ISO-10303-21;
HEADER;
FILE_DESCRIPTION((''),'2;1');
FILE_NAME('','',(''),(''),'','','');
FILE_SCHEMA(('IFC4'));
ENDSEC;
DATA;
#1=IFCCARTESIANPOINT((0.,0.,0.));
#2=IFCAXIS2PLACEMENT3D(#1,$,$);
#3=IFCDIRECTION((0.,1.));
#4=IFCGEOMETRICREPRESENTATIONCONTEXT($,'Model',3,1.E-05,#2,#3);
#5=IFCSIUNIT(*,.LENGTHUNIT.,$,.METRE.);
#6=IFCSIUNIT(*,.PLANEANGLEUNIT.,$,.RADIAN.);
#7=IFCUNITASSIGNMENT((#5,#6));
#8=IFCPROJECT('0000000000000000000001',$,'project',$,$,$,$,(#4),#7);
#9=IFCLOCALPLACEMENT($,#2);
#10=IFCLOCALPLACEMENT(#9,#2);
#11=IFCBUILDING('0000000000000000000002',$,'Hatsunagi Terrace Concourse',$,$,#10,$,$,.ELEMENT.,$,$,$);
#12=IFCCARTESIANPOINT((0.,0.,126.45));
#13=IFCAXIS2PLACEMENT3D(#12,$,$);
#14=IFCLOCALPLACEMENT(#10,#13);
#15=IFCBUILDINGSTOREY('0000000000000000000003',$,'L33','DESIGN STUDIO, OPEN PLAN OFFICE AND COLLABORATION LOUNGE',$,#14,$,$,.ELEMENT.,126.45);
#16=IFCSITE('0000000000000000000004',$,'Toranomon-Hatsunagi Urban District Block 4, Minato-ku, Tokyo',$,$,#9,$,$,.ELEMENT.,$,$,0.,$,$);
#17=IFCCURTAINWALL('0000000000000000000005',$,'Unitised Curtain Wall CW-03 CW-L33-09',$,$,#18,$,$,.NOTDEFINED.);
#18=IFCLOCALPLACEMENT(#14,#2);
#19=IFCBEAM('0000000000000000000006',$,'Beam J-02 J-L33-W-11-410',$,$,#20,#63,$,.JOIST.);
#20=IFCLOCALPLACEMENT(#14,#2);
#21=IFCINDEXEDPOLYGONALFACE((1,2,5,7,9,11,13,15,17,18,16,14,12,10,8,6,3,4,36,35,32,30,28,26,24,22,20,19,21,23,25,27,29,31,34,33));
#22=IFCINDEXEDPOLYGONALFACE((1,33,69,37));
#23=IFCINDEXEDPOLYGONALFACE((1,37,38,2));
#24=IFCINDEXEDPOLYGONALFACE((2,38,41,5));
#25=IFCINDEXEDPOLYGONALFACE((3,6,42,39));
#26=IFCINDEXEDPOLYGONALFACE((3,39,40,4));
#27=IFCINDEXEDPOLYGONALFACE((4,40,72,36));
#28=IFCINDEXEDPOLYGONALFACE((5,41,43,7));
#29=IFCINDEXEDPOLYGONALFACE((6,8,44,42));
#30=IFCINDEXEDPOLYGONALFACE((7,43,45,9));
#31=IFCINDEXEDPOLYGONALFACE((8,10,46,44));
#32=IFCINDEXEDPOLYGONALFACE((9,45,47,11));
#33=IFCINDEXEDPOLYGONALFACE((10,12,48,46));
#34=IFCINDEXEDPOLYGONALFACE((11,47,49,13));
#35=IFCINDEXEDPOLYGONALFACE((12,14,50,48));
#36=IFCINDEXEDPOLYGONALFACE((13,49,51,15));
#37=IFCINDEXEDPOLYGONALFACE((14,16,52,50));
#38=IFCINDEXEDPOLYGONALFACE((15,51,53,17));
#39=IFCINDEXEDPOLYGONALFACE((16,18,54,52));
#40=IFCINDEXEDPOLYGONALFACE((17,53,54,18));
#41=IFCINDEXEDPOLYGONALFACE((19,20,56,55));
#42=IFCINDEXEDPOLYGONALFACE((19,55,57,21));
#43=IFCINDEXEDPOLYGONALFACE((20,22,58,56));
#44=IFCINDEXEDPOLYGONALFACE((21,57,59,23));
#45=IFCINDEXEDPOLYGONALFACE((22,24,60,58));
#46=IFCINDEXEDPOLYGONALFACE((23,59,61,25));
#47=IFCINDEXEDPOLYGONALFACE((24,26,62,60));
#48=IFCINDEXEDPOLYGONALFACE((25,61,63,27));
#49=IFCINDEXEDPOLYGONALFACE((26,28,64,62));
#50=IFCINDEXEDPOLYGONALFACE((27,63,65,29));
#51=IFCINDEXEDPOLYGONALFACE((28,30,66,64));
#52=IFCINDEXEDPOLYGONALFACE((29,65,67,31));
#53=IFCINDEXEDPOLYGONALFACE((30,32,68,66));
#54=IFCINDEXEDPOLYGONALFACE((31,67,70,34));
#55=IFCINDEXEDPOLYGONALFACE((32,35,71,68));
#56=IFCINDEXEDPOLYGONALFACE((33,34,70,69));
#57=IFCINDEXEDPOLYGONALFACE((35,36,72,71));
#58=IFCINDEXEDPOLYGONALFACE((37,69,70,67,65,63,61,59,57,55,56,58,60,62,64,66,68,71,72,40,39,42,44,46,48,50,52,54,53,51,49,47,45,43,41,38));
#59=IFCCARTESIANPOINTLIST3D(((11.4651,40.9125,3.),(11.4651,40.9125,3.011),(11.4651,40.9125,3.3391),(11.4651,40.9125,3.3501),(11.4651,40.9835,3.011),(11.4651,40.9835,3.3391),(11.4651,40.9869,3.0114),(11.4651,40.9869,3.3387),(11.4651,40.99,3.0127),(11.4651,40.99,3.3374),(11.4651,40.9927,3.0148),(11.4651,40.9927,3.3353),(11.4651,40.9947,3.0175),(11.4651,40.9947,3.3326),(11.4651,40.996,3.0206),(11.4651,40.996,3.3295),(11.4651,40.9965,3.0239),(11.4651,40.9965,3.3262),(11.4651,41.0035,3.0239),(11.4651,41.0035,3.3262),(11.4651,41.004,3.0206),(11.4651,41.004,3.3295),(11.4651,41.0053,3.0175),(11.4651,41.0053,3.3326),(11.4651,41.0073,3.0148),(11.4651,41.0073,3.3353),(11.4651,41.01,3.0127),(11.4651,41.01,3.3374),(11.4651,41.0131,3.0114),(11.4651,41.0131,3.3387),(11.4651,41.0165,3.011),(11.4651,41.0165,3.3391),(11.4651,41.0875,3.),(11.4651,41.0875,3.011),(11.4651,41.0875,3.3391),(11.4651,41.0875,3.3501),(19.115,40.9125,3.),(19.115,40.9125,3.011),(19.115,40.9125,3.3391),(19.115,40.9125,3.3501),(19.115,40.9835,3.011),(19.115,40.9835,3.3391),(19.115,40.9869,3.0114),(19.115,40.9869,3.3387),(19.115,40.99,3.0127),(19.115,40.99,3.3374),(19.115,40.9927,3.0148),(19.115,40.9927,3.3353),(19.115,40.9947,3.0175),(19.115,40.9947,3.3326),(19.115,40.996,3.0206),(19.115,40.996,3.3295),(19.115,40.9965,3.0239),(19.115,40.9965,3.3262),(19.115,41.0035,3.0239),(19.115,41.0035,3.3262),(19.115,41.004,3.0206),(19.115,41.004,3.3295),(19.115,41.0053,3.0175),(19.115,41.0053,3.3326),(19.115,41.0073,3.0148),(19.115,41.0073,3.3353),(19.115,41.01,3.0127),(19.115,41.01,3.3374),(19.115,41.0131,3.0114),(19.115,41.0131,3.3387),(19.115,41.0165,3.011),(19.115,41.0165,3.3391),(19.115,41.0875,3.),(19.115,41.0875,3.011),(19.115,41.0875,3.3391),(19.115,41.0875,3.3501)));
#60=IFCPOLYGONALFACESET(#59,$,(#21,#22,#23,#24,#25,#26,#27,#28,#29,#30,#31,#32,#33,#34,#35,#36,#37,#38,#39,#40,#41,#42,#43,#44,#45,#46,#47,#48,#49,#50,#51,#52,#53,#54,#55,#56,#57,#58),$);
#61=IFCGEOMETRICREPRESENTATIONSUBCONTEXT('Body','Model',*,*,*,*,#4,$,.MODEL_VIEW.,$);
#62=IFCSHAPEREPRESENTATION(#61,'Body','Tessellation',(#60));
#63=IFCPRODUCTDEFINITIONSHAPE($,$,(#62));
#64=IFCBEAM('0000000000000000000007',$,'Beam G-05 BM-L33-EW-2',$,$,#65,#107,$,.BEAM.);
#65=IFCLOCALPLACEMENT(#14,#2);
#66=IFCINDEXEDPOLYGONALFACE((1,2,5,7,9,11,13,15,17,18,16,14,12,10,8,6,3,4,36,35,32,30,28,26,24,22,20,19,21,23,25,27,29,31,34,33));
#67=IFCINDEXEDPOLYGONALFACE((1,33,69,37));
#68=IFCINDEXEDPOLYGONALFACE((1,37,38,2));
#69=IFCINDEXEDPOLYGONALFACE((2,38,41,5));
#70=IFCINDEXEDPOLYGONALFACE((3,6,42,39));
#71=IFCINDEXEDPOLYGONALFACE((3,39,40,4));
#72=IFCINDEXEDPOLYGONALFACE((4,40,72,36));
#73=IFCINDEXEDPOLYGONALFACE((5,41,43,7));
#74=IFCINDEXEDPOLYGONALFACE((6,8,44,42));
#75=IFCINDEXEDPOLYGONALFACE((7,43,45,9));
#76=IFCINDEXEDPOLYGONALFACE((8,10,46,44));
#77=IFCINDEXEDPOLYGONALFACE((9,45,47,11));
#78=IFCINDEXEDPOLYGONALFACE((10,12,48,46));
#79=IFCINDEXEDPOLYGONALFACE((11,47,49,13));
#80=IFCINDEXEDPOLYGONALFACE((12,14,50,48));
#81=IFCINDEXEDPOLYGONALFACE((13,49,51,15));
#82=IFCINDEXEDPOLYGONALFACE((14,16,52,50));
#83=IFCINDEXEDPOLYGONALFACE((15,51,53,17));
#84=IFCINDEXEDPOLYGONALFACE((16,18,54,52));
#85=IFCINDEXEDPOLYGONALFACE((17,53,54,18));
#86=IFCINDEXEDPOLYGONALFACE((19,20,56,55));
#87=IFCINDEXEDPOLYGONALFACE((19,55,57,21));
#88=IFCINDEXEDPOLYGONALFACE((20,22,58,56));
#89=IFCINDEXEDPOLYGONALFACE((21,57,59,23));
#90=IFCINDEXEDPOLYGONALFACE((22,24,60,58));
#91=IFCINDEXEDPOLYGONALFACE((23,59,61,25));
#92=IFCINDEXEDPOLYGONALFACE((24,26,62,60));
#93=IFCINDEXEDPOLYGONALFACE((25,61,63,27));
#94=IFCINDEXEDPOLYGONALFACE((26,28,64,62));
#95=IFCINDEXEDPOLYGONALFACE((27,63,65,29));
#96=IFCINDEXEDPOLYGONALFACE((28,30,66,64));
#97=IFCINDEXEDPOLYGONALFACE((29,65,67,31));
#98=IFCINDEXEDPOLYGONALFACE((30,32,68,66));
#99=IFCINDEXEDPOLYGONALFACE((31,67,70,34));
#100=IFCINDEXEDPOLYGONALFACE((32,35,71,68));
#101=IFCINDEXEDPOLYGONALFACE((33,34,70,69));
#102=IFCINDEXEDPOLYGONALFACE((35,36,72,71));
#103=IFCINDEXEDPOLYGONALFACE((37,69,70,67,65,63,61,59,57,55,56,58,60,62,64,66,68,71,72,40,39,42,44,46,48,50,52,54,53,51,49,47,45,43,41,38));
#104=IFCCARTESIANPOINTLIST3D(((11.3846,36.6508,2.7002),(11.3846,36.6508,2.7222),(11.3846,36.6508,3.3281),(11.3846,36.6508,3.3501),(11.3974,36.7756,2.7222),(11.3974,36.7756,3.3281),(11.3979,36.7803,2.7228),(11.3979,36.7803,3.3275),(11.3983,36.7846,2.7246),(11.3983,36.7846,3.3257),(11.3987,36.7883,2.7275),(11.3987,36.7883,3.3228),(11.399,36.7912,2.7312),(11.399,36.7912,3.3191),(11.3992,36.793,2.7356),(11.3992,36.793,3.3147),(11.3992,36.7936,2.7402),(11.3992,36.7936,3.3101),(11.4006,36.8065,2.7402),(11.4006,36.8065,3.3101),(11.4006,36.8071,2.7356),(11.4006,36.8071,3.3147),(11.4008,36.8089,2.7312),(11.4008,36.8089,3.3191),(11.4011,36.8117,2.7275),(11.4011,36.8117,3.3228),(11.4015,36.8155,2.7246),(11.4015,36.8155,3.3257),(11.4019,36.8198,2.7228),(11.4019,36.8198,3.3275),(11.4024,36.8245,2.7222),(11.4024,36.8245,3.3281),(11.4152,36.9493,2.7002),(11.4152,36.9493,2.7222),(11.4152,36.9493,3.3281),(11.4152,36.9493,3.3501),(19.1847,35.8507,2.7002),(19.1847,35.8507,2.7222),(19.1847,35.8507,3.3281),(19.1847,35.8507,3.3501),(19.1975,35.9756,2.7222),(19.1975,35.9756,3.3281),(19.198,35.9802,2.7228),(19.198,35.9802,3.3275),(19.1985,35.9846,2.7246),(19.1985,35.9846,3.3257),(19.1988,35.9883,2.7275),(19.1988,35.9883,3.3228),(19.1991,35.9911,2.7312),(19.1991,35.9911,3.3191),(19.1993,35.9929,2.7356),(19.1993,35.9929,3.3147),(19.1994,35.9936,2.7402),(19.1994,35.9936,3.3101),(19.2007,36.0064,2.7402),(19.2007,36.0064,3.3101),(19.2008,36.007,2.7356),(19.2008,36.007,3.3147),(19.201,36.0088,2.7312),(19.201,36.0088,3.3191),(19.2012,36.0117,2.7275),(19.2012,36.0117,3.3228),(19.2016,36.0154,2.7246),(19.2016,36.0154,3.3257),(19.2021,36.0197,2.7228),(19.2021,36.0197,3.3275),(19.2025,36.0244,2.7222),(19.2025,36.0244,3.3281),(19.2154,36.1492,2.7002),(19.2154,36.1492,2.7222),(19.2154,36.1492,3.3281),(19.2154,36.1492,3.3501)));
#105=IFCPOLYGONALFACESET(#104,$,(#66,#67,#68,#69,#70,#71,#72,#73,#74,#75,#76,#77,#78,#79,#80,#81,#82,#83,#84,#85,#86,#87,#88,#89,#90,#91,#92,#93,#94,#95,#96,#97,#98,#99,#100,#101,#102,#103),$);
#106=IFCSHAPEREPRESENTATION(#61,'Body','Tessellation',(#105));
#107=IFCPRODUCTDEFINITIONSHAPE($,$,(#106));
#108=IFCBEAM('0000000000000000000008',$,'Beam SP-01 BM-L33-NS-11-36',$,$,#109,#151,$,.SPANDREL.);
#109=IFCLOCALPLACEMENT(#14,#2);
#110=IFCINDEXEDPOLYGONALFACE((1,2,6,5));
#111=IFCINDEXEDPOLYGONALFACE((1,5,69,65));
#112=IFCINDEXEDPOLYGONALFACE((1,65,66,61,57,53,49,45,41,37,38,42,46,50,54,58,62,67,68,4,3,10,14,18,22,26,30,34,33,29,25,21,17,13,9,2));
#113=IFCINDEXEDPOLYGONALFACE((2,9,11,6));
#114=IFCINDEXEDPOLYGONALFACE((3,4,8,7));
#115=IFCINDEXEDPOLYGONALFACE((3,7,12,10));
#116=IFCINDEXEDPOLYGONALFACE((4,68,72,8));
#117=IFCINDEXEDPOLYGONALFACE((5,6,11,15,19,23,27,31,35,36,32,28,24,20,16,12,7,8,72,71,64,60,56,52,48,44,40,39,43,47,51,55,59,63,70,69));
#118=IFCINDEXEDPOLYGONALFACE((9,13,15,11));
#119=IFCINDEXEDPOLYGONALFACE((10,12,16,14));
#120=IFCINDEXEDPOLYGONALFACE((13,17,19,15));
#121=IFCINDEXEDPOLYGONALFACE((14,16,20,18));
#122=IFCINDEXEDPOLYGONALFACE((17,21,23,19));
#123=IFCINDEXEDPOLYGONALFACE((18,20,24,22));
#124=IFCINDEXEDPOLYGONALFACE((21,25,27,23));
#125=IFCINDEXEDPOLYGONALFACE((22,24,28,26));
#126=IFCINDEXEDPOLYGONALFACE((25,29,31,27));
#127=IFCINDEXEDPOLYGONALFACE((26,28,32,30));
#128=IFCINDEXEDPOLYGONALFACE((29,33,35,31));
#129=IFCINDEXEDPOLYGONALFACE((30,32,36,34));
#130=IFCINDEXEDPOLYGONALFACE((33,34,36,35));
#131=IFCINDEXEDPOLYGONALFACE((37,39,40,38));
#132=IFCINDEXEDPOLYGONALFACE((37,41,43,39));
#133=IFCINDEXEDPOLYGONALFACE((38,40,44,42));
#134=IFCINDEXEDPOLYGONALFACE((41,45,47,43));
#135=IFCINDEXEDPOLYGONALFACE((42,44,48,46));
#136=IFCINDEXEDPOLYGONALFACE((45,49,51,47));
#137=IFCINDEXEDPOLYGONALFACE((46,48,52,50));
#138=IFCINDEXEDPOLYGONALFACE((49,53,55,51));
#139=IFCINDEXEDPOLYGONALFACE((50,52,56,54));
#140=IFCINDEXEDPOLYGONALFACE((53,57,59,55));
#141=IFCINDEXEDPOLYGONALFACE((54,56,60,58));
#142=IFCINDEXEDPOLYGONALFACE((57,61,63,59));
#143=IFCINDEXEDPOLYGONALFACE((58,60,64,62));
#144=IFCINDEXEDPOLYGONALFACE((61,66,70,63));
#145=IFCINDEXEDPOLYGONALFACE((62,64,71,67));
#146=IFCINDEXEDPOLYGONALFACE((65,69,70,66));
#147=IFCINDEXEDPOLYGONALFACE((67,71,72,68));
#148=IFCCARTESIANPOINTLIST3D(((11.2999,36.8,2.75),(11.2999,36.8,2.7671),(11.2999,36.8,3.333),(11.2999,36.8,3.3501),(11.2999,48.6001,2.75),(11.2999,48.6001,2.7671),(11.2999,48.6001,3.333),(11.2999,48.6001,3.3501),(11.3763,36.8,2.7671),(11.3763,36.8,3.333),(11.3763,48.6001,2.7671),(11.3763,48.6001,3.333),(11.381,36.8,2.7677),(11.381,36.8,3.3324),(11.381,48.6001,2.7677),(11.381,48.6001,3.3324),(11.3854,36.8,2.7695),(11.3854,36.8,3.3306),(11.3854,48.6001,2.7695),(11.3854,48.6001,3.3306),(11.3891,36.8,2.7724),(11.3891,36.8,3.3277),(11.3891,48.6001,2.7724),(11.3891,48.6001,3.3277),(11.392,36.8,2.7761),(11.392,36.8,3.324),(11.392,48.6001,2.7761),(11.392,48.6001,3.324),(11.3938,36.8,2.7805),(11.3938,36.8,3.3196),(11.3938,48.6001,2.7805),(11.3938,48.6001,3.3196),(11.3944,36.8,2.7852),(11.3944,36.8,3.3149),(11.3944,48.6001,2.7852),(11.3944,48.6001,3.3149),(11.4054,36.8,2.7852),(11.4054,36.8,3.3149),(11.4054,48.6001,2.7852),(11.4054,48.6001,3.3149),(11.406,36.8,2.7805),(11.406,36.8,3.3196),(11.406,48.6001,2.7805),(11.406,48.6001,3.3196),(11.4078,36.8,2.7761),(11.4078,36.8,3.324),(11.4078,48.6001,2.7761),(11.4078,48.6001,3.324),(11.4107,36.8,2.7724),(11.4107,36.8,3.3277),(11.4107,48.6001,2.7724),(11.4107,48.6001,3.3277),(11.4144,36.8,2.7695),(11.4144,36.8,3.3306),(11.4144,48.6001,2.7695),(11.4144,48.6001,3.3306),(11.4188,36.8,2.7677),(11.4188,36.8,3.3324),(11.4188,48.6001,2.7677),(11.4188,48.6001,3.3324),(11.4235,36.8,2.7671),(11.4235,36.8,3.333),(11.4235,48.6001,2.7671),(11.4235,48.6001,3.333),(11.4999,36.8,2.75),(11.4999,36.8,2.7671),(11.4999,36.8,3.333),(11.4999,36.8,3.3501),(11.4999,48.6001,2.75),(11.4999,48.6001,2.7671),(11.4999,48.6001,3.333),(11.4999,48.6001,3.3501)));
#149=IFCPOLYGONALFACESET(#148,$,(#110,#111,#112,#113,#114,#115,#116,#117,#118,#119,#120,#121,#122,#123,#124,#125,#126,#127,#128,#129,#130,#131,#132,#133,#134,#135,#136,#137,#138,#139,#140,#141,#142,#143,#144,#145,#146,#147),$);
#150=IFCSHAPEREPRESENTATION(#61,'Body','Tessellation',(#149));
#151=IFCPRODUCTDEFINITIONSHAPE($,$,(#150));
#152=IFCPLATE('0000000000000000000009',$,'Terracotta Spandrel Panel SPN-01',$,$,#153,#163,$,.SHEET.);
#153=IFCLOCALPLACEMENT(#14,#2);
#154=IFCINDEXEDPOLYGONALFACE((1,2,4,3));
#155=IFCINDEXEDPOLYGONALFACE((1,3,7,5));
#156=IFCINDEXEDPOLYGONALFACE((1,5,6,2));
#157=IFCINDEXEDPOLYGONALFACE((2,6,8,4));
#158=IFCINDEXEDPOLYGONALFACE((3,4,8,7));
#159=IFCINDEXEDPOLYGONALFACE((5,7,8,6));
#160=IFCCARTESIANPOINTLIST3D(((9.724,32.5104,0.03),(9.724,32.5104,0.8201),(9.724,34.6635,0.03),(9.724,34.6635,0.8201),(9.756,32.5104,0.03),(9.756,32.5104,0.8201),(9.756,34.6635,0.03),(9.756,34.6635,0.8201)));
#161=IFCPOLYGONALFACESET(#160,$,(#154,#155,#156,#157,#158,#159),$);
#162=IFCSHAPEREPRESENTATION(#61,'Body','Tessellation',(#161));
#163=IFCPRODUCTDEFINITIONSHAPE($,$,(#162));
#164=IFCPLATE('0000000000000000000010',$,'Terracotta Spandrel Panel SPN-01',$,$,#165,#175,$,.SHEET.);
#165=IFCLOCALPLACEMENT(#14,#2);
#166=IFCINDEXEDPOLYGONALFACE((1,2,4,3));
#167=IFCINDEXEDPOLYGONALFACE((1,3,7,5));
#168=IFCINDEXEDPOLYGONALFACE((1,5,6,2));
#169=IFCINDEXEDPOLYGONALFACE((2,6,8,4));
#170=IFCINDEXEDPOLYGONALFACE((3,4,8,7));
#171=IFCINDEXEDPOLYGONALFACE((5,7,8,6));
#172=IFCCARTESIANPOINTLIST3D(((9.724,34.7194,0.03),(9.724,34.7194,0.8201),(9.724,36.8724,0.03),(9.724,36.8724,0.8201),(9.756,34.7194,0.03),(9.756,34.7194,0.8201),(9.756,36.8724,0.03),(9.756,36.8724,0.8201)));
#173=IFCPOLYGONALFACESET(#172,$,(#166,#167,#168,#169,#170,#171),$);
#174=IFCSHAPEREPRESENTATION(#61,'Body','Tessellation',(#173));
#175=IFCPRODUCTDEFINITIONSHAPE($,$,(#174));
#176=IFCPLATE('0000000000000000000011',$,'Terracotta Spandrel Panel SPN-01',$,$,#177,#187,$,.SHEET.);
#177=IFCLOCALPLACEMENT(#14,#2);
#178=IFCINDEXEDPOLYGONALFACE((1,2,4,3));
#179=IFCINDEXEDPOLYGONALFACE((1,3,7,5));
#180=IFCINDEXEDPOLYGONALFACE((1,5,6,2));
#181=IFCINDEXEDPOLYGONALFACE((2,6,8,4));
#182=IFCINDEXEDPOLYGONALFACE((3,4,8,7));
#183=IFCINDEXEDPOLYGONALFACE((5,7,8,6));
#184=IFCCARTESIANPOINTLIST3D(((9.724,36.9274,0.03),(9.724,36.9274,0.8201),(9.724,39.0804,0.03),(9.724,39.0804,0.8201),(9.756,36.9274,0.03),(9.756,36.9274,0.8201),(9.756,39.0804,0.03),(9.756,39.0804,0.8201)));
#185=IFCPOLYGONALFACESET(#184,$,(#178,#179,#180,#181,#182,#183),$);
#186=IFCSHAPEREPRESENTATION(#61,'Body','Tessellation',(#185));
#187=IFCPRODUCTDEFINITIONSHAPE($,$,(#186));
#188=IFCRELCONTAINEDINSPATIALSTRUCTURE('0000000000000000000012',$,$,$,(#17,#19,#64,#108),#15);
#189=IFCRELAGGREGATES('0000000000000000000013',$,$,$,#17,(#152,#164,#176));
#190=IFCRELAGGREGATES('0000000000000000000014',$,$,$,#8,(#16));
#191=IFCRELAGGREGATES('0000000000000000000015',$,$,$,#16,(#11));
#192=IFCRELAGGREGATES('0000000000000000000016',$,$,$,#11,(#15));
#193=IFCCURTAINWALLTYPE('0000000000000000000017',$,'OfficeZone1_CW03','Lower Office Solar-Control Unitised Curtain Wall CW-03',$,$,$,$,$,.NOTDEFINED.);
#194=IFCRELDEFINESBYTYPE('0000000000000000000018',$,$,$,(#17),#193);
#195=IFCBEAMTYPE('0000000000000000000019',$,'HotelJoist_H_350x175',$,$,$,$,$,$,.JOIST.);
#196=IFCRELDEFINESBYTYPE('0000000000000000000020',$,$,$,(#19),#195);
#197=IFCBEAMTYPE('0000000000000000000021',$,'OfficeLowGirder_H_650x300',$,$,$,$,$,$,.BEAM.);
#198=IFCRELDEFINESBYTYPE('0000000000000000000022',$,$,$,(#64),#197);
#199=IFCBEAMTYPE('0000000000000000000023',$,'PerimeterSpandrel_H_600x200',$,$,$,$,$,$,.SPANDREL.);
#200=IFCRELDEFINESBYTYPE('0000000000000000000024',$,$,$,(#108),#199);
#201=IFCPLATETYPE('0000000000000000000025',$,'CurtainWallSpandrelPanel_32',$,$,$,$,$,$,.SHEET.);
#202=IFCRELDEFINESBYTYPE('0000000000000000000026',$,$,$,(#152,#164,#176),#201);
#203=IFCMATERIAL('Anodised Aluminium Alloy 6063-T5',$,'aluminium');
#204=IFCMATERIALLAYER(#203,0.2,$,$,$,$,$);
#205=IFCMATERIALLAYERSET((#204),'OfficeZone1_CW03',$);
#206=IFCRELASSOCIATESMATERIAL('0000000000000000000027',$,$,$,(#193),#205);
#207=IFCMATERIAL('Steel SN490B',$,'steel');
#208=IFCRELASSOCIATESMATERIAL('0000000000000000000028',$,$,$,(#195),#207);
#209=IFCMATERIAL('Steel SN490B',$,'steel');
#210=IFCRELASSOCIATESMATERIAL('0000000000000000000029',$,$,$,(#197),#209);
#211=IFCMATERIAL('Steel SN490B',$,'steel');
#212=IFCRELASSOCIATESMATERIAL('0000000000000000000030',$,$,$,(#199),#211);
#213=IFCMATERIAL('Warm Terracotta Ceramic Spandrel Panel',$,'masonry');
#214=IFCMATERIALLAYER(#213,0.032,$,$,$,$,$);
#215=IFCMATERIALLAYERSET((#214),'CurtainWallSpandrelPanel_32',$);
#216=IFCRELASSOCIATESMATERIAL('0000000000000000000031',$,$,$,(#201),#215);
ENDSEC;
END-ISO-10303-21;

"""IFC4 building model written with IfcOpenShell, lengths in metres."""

from ifc_helpers import new_model, si_unit, direction, frame, origin, origin_2d, place, context, subcontext, project, spatial, rectangle, i_section, extrude, material, layer, layer_set, material_profile, profile_set, type_object, element, aggregate, save


model = new_model("IFC4")

# Units and contexts
model_context = context("Model", 3, precision=1e-05, world=origin(), true_north=direction((0.0, 1.0)))
body_context = subcontext(model_context, "Body", "Model", "MODEL_VIEW")
ifc_project = project(units=[si_unit("LENGTHUNIT", "METRE"), si_unit("PLANEANGLEUNIT", "RADIAN")], contexts=[model_context])

# Site, building, storey
site_placement = place(None, origin())
site = spatial("IfcSite", under=ifc_project, at=site_placement, Name="Toranomon-Hatsunagi Urban District Block 4, Minato-ku, Tokyo", CompositionType="ELEMENT", RefElevation=0.0)
building_placement = place(site_placement, origin())
building = spatial("IfcBuilding", under=site, at=building_placement, Name="Hatsunagi Terrace Concourse", CompositionType="ELEMENT")
storey_placement = place(building_placement, frame((0.0, 0.0, 126.45)))
storey = spatial("IfcBuildingStorey", under=building, at=storey_placement, Name="L33", Description="DESIGN STUDIO, OPEN PLAN OFFICE AND COLLABORATION LOUNGE", CompositionType="ELEMENT", Elevation=126.45)

# Curtain wall
ifc_material_1 = material(Name="Anodised Aluminium Alloy 6063-T5", Category="aluminium")
ifc_layer_1 = layer(ifc_material_1, 0.2)
ifc_layer_set_1 = layer_set([ifc_layer_1], Name="OfficeZone1_CW03")
curtain_wall_type = type_object("IfcCurtainWallType", Name="OfficeZone1_CW03", Description="Lower Office Solar-Control Unitised Curtain Wall CW-03", PredefinedType="NOTDEFINED", material=ifc_layer_set_1)
curtain_wall_placement = place(storey_placement, origin())
curtain_wall = element("IfcCurtainWall", 1, at=curtain_wall_placement, inside=storey, type_object=curtain_wall_type, Name="Unitised Curtain Wall CW-03 CW-L33-09", PredefinedType="NOTDEFINED")

# Beams
ifc_material_2 = material(Name="Steel SN490B", Category="steel")
ifc_material_profile_1 = material_profile(ifc_material_2, i_section(OverallWidth=0.175, OverallDepth=0.3501, WebThickness=0.0071, FlangeThickness=0.011, FilletRadius=0.0129, at=origin_2d()), Name="H-350x175x7x11")
ifc_profile_set_1 = profile_set([ifc_material_profile_1], Name="Steel SN490B")
beam_type_1 = type_object("IfcBeamType", Name="HotelJoist_H_350x175", PredefinedType="JOIST", material=ifc_profile_set_1)
for number, where, z_axis, x_axis, name in (
    (2, (11.4651, 41.0, 3.175), (1.0, 0.0, 0.0), (0.0, 1.0, 0.0), "Beam J-02 J-L33-W-11-410"),
):
    element("IfcBeam", number, at=place(storey_placement, frame(where, z_axis=z_axis, x_axis=x_axis)), inside=storey, type_object=beam_type_1, Name=name, PredefinedType="JOIST", context=body_context, shape_type="SweptSolid", body=[
        extrude(i_section(OverallWidth=0.175, OverallDepth=0.3501, WebThickness=0.0071, FlangeThickness=0.011, FilletRadius=0.0129, at=origin_2d()), origin(), (0.0, 0.0, 1.0), 7.6499),
    ])
ifc_material_3 = material(Name="Steel SN490B", Category="steel")
ifc_material_profile_2 = material_profile(ifc_material_3, i_section(OverallWidth=0.3, OverallDepth=0.6499, WebThickness=0.0129, FlangeThickness=0.022, FilletRadius=0.0181, at=origin_2d()), Name="H-650x300x13x22")
ifc_profile_set_2 = profile_set([ifc_material_profile_2], Name="Steel SN490B")
beam_type_2 = type_object("IfcBeamType", Name="OfficeLowGirder_H_650x300", PredefinedType="BEAM", material=ifc_profile_set_2)
beam_1_placement = place(storey_placement, frame((11.3999, 36.8, 3.0251), z_axis=(0.994781, -0.102034, 0.0), x_axis=(0.102034, 0.994781, 0.0)))
element("IfcBeam", 3, at=beam_1_placement, inside=storey, type_object=beam_type_2, Name="Beam G-05 BM-L33-EW-2", PredefinedType="BEAM", context=body_context, shape_type="SweptSolid", body=[
    extrude(i_section(OverallWidth=0.3, OverallDepth=0.6499, WebThickness=0.0129, FlangeThickness=0.022, FilletRadius=0.0181, at=origin_2d()), origin(), (0.0, 0.0, 1.0), 7.8411),
])
ifc_material_4 = material(Name="Steel SN490B", Category="steel")
ifc_material_profile_3 = material_profile(ifc_material_4, i_section(OverallWidth=0.2, OverallDepth=0.6001, WebThickness=0.011, FlangeThickness=0.0171, FilletRadius=0.0181, at=origin_2d()), Name="H-600x200x11x17")
ifc_profile_set_3 = profile_set([ifc_material_profile_3], Name="Steel SN490B")
beam_type_3 = type_object("IfcBeamType", Name="PerimeterSpandrel_H_600x200", PredefinedType="SPANDREL", material=ifc_profile_set_3)
beam_2_placement = place(storey_placement, frame((11.3999, 36.8, 3.05), z_axis=(0.0, 1.0, 0.0), x_axis=(-1.0, 0.0, 0.0)))
element("IfcBeam", 4, at=beam_2_placement, inside=storey, type_object=beam_type_3, Name="Beam SP-01 BM-L33-NS-11-36", PredefinedType="SPANDREL", context=body_context, shape_type="SweptSolid", body=[
    extrude(i_section(OverallWidth=0.2, OverallDepth=0.6001, WebThickness=0.011, FlangeThickness=0.0171, FilletRadius=0.0181, at=origin_2d()), origin(), (0.0, 0.0, 1.0), 11.8),
])

# Plates
ifc_material_5 = material(Name="Warm Terracotta Ceramic Spandrel Panel", Category="masonry")
ifc_layer_2 = layer(ifc_material_5, 0.032)
ifc_layer_set_2 = layer_set([ifc_layer_2], Name="CurtainWallSpandrelPanel_32")
plate_type_1 = type_object("IfcPlateType", Name="CurtainWallSpandrelPanel_32", PredefinedType="SHEET", material=ifc_layer_set_2)
plate_1_placement = place(storey_placement, frame((9.74, 33.5869, 0.03), z_axis=(0.0, 0.0, 1.0), x_axis=(0.0, 1.0, 0.0)))
plate_1 = element("IfcPlate", 5, at=plate_1_placement, type_object=plate_type_1, Name="Terracotta Spandrel Panel SPN-01", PredefinedType="SHEET", context=body_context, shape_type="SweptSolid", body=[
    extrude(rectangle(XDim=2.1531, YDim=0.032, at=origin_2d()), origin(), (0.0, 0.0, 1.0), 0.79),
])
plate_2_placement = place(storey_placement, frame((9.74, 35.7959, 0.03), z_axis=(0.0, 0.0, 1.0), x_axis=(0.0, 1.0, 0.0)))
plate_2 = element("IfcPlate", 6, at=plate_2_placement, type_object=plate_type_1, Name="Terracotta Spandrel Panel SPN-01", PredefinedType="SHEET", context=body_context, shape_type="SweptSolid", body=[
    extrude(rectangle(XDim=2.1531, YDim=0.032, at=origin_2d()), origin(), (0.0, 0.0, 1.0), 0.79),
])
plate_3_placement = place(storey_placement, frame((9.74, 38.0039, 0.03), z_axis=(0.0, 0.0, 1.0), x_axis=(0.0, 1.0, 0.0)))
plate_3 = element("IfcPlate", 7, at=plate_3_placement, type_object=plate_type_1, Name="Terracotta Spandrel Panel SPN-01", PredefinedType="SHEET", context=body_context, shape_type="SweptSolid", body=[
    extrude(rectangle(XDim=2.1531, YDim=0.032, at=origin_2d()), origin(), (0.0, 0.0, 1.0), 0.79),
])
aggregate(curtain_wall, [plate_1, plate_2, plate_3])

save(model, "model.ifc")
